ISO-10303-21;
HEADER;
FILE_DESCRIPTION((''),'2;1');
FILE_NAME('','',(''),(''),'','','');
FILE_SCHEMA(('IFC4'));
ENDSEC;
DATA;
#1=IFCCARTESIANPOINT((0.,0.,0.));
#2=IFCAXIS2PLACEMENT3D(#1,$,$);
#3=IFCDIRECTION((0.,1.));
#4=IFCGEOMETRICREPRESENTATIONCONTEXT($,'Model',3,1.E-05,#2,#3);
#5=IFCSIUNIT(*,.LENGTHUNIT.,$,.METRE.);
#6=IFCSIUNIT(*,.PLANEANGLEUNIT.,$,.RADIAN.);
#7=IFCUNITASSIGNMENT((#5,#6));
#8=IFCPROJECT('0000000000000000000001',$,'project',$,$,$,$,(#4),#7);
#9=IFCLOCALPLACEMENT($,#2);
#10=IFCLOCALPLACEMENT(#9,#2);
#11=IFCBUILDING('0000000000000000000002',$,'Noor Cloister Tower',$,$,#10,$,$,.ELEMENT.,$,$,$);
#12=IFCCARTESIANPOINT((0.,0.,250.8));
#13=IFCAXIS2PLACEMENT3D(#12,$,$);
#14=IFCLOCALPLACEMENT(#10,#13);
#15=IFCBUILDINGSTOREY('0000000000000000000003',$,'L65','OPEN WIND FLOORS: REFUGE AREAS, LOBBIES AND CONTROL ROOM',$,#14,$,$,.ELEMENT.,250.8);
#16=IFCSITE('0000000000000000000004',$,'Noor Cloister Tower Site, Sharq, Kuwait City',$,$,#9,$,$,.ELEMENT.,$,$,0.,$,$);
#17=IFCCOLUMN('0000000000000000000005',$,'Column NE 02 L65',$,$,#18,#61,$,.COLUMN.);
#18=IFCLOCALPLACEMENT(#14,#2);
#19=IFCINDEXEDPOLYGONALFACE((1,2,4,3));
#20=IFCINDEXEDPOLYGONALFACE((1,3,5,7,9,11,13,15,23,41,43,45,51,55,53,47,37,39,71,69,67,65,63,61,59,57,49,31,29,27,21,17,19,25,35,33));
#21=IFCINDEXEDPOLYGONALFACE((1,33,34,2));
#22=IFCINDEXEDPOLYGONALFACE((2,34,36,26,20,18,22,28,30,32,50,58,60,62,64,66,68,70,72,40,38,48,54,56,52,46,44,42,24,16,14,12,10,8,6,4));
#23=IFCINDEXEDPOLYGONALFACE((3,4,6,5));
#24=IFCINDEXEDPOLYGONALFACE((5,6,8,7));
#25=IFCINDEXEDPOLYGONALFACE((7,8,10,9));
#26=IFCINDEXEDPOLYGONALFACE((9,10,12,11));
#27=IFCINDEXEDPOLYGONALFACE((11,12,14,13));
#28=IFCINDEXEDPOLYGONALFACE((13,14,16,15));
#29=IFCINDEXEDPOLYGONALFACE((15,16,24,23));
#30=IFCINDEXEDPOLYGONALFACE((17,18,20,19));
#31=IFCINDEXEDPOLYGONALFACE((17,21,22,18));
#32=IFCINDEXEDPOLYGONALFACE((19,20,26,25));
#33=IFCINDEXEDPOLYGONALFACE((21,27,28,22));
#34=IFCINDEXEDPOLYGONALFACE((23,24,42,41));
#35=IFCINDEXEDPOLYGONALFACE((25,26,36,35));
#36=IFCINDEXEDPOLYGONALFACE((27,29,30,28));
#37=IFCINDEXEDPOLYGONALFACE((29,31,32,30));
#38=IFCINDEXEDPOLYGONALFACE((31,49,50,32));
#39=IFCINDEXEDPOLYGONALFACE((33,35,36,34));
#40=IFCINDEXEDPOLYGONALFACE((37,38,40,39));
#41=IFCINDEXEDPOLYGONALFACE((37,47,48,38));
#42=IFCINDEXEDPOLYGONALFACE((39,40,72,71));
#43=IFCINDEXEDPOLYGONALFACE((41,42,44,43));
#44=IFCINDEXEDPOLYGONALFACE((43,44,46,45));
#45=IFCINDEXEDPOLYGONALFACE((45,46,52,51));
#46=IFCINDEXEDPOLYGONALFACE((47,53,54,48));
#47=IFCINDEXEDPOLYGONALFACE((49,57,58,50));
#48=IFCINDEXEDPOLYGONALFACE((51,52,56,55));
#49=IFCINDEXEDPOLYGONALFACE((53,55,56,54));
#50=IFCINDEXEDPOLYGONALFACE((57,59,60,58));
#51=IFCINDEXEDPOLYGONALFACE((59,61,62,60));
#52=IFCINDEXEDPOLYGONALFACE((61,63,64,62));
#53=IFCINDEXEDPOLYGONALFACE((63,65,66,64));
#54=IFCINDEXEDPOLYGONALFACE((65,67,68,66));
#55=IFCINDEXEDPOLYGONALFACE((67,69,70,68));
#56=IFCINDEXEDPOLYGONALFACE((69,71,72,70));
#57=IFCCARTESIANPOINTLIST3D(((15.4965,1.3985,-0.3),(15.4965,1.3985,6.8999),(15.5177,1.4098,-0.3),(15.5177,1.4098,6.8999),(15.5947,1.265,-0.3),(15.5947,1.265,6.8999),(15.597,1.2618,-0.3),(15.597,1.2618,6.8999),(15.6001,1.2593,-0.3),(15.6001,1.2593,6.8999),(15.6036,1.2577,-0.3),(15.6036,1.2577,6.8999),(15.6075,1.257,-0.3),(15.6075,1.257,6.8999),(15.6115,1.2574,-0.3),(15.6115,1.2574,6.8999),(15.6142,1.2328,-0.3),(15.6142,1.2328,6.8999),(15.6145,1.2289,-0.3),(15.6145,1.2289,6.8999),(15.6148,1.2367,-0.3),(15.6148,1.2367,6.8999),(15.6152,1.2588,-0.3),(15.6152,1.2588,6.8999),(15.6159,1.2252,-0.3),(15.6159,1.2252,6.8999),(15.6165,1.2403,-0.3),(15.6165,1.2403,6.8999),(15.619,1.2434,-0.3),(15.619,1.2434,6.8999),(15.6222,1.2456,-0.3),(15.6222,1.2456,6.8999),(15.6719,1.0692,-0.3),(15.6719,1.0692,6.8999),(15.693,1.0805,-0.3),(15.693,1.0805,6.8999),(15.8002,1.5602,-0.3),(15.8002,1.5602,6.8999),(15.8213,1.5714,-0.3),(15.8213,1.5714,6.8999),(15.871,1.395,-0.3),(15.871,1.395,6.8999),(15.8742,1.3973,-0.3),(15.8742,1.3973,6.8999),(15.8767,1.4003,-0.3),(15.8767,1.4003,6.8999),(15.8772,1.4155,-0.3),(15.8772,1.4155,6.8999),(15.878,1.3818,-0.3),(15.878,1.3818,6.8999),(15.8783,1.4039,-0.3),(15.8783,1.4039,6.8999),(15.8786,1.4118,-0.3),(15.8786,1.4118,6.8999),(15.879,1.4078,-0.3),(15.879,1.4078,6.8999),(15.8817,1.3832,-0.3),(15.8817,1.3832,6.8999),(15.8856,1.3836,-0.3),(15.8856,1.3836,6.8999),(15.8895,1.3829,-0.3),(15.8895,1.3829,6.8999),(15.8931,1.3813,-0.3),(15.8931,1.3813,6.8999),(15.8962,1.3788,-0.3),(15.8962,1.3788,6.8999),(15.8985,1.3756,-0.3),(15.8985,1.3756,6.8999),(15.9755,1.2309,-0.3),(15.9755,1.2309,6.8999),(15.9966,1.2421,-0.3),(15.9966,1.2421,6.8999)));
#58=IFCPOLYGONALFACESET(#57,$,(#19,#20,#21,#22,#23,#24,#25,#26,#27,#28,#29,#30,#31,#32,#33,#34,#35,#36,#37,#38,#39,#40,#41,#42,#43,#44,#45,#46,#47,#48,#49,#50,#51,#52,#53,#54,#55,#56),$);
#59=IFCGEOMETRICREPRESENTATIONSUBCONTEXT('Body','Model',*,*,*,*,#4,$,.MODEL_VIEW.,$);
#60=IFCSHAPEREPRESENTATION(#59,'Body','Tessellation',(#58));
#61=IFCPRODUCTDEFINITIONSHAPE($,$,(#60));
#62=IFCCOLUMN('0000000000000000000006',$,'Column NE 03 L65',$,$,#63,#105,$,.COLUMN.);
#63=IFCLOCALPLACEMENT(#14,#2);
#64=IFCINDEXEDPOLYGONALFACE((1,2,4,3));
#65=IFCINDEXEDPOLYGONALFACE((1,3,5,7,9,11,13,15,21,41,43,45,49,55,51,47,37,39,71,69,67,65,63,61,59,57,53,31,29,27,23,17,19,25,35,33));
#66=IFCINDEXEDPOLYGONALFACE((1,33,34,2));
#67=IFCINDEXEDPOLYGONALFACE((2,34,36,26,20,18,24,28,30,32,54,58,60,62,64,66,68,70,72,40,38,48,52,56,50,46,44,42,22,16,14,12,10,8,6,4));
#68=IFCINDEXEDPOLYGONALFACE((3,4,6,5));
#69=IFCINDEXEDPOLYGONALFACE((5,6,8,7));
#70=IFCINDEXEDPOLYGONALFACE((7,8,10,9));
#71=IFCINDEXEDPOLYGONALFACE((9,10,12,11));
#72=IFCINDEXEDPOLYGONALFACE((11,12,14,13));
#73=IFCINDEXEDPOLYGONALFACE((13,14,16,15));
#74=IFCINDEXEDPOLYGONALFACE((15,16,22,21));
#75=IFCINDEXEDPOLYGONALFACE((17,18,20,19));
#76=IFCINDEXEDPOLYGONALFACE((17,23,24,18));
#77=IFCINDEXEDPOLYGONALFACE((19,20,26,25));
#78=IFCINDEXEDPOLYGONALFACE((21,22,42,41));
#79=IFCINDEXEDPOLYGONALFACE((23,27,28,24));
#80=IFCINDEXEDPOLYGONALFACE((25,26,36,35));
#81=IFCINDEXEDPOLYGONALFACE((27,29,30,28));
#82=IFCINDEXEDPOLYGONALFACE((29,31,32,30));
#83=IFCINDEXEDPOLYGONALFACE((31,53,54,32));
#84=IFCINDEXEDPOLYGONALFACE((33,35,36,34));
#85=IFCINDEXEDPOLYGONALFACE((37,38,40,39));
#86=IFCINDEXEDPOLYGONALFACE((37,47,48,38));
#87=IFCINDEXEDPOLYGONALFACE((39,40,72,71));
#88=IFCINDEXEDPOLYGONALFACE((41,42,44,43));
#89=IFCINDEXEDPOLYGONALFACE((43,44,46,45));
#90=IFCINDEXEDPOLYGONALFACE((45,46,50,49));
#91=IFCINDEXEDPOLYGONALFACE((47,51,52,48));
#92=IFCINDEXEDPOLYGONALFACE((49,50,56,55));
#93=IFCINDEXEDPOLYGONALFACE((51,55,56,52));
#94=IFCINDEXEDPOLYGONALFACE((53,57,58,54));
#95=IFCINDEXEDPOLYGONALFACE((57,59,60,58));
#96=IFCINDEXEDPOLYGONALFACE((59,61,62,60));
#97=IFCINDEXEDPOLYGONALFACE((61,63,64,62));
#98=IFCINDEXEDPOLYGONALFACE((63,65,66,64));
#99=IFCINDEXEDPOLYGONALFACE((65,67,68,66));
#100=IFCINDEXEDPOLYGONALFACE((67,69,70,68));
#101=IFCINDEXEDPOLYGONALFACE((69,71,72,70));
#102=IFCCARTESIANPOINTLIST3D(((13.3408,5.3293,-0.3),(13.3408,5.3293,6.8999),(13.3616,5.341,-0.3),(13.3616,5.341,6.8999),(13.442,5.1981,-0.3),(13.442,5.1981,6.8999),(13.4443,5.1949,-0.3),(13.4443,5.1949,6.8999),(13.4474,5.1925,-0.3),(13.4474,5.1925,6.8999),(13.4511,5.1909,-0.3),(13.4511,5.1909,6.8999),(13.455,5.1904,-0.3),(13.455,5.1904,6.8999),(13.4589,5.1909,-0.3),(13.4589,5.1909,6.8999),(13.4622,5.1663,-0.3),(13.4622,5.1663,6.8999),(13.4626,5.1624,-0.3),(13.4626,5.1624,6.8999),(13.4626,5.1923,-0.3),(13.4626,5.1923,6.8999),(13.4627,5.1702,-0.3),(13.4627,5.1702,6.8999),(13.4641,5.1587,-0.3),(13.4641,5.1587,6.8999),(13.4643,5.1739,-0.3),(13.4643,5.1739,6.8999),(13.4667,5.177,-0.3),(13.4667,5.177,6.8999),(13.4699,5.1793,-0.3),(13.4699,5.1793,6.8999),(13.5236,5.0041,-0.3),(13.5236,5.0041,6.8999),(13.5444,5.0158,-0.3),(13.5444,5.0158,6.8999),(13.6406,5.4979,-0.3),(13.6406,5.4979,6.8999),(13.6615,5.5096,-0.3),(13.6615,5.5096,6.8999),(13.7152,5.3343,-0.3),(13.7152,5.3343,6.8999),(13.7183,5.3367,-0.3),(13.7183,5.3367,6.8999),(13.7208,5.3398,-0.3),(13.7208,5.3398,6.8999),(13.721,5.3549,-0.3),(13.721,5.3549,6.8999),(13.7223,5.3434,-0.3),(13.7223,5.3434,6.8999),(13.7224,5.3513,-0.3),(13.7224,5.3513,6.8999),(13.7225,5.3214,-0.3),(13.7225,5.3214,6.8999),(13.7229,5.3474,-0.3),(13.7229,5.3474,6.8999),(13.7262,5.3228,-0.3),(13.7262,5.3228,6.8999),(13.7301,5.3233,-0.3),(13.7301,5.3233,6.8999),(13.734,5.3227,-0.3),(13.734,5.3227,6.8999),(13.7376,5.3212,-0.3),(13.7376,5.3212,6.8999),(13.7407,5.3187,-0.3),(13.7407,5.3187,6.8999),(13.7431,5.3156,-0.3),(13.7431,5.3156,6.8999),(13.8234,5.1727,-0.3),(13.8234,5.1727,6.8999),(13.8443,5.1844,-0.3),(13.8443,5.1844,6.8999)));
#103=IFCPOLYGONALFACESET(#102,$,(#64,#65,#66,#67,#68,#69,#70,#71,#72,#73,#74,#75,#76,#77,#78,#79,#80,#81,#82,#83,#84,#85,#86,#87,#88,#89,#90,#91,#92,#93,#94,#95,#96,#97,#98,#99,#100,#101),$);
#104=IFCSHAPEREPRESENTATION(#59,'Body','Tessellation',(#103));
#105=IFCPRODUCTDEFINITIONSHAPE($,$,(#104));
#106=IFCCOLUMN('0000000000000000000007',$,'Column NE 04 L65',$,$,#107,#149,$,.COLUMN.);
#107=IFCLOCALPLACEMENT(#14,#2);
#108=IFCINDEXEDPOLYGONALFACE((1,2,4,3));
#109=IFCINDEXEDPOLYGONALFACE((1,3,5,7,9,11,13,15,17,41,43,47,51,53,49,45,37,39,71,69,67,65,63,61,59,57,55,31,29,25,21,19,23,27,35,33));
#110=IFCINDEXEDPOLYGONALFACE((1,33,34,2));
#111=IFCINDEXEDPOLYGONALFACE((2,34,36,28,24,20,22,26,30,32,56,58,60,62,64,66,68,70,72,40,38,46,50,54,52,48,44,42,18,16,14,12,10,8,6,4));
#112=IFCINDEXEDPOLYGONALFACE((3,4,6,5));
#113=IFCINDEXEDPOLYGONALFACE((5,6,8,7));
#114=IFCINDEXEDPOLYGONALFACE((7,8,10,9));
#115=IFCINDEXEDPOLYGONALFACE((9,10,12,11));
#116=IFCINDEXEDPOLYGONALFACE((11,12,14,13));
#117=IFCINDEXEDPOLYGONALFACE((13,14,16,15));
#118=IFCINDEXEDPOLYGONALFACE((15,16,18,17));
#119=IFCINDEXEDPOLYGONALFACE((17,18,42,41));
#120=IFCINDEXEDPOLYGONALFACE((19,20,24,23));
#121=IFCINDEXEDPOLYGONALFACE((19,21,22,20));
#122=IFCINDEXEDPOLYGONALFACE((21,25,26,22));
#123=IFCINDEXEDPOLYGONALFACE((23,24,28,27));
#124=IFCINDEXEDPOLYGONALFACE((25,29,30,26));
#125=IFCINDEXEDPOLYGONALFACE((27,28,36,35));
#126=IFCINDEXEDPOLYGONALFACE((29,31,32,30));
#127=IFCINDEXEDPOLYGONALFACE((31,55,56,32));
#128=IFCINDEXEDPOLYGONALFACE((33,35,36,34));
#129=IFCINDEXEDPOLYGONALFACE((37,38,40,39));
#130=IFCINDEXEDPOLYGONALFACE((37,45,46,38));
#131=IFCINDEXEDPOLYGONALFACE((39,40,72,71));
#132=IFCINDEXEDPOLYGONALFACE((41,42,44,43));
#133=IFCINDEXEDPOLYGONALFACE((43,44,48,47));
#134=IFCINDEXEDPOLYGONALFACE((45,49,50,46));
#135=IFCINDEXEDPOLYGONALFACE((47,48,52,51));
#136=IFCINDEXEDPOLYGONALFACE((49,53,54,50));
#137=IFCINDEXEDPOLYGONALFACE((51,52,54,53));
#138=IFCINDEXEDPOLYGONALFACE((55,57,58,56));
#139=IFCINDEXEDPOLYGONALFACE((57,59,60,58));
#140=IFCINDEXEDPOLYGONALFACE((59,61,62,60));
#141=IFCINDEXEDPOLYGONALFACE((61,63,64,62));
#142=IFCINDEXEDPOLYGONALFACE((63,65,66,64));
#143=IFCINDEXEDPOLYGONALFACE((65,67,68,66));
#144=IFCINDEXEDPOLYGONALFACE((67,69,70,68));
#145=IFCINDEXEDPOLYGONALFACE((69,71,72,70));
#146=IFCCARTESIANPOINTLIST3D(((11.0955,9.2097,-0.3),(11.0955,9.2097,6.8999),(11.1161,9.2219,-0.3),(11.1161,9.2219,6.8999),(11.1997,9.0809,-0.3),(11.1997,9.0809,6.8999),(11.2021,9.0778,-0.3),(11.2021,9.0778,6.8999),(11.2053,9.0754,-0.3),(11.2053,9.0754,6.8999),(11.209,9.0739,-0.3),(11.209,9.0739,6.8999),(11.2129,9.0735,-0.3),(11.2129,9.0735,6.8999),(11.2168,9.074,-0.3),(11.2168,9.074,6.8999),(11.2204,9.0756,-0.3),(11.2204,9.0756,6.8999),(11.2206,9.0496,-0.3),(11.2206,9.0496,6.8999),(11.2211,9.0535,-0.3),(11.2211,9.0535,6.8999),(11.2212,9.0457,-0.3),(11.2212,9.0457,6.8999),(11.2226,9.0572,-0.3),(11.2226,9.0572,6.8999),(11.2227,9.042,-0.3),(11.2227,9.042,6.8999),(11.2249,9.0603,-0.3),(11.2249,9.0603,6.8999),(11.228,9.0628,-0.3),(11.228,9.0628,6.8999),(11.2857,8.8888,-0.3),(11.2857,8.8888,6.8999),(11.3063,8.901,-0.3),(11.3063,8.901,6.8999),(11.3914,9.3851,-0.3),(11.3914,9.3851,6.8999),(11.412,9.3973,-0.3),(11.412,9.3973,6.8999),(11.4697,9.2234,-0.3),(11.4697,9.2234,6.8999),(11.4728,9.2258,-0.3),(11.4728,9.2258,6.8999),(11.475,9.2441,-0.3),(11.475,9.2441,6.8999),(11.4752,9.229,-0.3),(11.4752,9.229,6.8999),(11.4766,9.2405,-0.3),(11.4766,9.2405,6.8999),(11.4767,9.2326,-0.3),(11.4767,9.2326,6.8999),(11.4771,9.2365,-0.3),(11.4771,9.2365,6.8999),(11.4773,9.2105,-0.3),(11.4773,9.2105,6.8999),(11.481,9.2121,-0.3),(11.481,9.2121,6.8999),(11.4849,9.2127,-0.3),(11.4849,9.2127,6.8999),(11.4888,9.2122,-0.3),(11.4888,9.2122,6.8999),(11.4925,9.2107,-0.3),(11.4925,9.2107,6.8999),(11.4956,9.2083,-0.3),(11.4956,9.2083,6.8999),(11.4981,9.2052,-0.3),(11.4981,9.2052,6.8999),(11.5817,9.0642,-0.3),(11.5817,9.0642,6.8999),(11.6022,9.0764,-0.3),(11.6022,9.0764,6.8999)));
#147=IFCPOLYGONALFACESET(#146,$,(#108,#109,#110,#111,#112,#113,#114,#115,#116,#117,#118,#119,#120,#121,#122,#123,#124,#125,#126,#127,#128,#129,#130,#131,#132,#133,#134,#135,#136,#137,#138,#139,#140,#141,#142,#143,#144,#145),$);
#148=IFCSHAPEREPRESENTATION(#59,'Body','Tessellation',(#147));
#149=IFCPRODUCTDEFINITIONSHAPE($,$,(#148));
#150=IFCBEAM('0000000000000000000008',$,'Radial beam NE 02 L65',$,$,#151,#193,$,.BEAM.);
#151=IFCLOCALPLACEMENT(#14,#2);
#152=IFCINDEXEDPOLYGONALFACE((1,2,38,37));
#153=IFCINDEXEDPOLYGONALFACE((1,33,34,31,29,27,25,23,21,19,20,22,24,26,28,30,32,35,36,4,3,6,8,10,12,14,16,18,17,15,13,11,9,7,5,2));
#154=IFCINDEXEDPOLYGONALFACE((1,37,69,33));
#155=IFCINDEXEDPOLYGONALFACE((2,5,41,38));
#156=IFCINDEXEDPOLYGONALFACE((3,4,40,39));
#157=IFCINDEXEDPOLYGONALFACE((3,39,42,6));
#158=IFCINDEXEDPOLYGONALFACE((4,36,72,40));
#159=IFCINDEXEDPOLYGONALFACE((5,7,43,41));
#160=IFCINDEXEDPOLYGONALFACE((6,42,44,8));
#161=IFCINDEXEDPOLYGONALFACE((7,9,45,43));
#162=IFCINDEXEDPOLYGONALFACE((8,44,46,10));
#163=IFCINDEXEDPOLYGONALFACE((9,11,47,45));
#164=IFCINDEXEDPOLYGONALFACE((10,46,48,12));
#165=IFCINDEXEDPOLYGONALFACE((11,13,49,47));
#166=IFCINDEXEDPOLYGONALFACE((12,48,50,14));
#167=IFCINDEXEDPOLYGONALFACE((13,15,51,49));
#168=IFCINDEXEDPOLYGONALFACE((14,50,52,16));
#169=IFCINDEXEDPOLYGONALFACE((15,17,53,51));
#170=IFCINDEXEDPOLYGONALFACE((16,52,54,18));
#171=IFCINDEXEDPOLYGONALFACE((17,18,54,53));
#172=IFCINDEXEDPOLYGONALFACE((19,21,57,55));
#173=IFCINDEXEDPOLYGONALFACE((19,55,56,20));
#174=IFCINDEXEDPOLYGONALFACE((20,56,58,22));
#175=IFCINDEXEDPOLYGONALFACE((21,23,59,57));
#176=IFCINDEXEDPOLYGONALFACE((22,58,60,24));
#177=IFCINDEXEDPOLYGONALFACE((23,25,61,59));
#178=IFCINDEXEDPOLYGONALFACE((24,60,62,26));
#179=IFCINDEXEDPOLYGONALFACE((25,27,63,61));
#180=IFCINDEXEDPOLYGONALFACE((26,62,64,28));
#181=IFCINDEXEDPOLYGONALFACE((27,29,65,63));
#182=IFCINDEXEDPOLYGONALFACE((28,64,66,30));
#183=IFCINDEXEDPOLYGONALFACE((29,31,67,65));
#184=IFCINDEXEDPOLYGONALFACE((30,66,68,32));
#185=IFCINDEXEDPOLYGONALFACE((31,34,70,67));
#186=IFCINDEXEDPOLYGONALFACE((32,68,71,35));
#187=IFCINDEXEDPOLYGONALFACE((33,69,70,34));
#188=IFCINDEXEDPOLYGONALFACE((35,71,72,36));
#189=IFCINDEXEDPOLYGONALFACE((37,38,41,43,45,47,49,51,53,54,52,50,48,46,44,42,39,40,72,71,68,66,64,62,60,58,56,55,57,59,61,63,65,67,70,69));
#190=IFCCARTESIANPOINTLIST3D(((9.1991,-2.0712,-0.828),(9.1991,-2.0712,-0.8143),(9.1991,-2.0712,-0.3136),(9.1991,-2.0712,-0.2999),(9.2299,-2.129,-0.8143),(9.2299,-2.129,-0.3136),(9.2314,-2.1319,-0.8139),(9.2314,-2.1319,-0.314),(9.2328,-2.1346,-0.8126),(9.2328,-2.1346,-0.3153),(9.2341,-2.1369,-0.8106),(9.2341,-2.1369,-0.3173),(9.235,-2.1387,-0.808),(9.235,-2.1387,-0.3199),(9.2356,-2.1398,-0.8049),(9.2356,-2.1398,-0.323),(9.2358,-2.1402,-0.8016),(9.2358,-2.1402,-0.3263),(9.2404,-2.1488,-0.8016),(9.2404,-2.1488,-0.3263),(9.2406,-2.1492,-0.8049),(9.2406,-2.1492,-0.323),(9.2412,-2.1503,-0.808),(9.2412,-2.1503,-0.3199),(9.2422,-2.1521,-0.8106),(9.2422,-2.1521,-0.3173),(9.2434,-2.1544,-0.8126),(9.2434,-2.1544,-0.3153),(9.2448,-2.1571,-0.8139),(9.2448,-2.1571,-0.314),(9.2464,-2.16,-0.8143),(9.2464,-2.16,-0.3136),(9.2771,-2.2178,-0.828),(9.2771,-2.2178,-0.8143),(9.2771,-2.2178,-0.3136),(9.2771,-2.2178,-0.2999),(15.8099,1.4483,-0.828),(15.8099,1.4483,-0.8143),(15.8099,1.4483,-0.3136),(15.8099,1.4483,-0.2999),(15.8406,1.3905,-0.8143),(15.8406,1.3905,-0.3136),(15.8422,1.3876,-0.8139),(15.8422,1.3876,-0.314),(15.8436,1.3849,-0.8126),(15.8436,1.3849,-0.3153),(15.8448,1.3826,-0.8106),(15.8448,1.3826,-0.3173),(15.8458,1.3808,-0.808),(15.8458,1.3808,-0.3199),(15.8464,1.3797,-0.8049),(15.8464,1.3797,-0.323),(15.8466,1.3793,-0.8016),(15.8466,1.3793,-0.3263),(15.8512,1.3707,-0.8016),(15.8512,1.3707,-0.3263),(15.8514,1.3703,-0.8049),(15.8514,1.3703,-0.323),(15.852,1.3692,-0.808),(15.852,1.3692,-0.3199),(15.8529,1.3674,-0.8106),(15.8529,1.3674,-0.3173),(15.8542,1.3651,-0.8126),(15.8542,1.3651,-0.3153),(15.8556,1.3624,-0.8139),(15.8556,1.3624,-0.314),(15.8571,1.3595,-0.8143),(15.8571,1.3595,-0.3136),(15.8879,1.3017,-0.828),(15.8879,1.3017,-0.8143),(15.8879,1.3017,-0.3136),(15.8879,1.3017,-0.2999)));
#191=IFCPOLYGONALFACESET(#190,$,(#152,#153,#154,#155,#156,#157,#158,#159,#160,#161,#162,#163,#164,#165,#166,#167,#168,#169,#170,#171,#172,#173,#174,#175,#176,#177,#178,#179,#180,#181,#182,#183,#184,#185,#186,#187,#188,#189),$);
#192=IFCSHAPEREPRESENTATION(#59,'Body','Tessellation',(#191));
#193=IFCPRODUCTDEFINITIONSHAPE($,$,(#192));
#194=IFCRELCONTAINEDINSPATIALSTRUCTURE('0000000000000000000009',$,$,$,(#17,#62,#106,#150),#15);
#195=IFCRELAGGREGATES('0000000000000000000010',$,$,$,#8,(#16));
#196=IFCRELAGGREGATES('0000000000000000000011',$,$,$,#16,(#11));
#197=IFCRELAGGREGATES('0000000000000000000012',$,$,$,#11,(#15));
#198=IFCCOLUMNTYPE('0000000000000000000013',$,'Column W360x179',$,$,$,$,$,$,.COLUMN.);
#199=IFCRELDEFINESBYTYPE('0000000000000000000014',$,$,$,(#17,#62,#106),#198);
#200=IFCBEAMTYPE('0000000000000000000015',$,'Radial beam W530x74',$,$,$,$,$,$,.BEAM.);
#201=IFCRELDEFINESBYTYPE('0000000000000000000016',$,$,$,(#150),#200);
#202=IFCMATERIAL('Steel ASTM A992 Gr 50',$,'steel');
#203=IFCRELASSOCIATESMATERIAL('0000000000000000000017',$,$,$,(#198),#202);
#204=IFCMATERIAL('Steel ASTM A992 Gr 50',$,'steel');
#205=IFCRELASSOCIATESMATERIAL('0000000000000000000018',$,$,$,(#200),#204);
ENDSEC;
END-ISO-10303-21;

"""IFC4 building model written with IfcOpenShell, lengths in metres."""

from ifc_helpers import new_model, si_unit, direction, frame, origin, origin_2d, place, context, subcontext, project, spatial, i_section, extrude, material, material_profile, profile_set, type_object, element, save


model = new_model("IFC4")

# Units and contexts
model_context = context("Model", 3, precision=1e-05, world=origin(), true_north=direction((0.0, 1.0)))
body_context = subcontext(model_context, "Body", "Model", "MODEL_VIEW")
ifc_project = project(units=[si_unit("LENGTHUNIT", "METRE"), si_unit("PLANEANGLEUNIT", "RADIAN")], contexts=[model_context])

# Site, building, storey
site_placement = place(None, origin())
site = spatial("IfcSite", under=ifc_project, at=site_placement, Name="Noor Cloister Tower Site, Sharq, Kuwait City", CompositionType="ELEMENT", RefElevation=0.0)
building_placement = place(site_placement, origin())
building = spatial("IfcBuilding", under=site, at=building_placement, Name="Noor Cloister Tower", CompositionType="ELEMENT")
storey_placement = place(building_placement, frame((0.0, 0.0, 250.8)))
storey = spatial("IfcBuildingStorey", under=building, at=storey_placement, Name="L65", Description="OPEN WIND FLOORS: REFUGE AREAS, LOBBIES AND CONTROL ROOM", CompositionType="ELEMENT", Elevation=250.8)

# Columns
ifc_material_1 = material(Name="Steel ASTM A992 Gr 50", Category="steel")
ifc_material_profile_1 = material_profile(ifc_material_1, i_section(OverallWidth=0.373, OverallDepth=0.3679, WebThickness=0.0149, FlangeThickness=0.0239, FilletRadius=0.0151, at=origin_2d()), Name="W360x179")
ifc_profile_set_1 = profile_set([ifc_material_profile_1], Name="Steel ASTM A992 Gr 50")
column_type = type_object("IfcColumnType", Name="Column W360x179", PredefinedType="COLUMN", material=ifc_profile_set_1)
for number, where, z_axis, x_axis, name in (
    (1, (15.7466, 1.3203, -0.3), (0.0, 0.0, 1.0), (-0.469927, 0.882705, 0.0), "Column NE 02 L65"),
    (2, (13.5925, 5.2568, -0.3), (0.0, 0.0, 1.0), (-0.49004, 0.8717, 0.0), "Column NE 03 L65"),
    (3, (11.3489, 9.1431, -0.3), (0.0, 0.0, 1.0), (-0.509895, 0.860237, 0.0), "Column NE 04 L65"),
):
    element("IfcColumn", number, at=place(storey_placement, frame(where, z_axis=z_axis, x_axis=x_axis)), inside=storey, type_object=column_type, Name=name, PredefinedType="COLUMN", context=body_context, shape_type="SweptSolid", body=[
        extrude(i_section(OverallWidth=0.373, OverallDepth=0.3679, WebThickness=0.0149, FlangeThickness=0.0239, FilletRadius=0.0151, at=origin_2d()), origin(), (0.0, 0.0, 1.0), 7.2),
    ])

# Beam
ifc_material_2 = material(Name="Steel ASTM A992 Gr 50", Category="steel")
ifc_material_profile_2 = material_profile(ifc_material_2, i_section(OverallWidth=0.166, OverallDepth=0.5281, WebThickness=0.0098, FlangeThickness=0.0137, FilletRadius=0.0127, at=origin_2d()), Name="W530x74")
ifc_profile_set_2 = profile_set([ifc_material_profile_2], Name="Steel ASTM A992 Gr 50")
beam_type_1 = type_object("IfcBeamType", Name="Radial beam W530x74", PredefinedType="BEAM", material=ifc_profile_set_2)
beam_1_placement = place(storey_placement, frame((15.8489, 1.375, -0.564), z_axis=(-0.882699, -0.469938, 0.0), x_axis=(0.469938, -0.882699, 0.0)))
element("IfcBeam", 4, at=beam_1_placement, inside=storey, type_object=beam_type_1, Name="Radial beam NE 02 L65", PredefinedType="BEAM", context=body_context, shape_type="SweptSolid", body=[
    extrude(i_section(OverallWidth=0.166, OverallDepth=0.5281, WebThickness=0.0098, FlangeThickness=0.0137, FilletRadius=0.0127, at=origin_2d()), origin(), (0.0, 0.0, 1.0), 7.4893),
])

save(model, "model.ifc")
